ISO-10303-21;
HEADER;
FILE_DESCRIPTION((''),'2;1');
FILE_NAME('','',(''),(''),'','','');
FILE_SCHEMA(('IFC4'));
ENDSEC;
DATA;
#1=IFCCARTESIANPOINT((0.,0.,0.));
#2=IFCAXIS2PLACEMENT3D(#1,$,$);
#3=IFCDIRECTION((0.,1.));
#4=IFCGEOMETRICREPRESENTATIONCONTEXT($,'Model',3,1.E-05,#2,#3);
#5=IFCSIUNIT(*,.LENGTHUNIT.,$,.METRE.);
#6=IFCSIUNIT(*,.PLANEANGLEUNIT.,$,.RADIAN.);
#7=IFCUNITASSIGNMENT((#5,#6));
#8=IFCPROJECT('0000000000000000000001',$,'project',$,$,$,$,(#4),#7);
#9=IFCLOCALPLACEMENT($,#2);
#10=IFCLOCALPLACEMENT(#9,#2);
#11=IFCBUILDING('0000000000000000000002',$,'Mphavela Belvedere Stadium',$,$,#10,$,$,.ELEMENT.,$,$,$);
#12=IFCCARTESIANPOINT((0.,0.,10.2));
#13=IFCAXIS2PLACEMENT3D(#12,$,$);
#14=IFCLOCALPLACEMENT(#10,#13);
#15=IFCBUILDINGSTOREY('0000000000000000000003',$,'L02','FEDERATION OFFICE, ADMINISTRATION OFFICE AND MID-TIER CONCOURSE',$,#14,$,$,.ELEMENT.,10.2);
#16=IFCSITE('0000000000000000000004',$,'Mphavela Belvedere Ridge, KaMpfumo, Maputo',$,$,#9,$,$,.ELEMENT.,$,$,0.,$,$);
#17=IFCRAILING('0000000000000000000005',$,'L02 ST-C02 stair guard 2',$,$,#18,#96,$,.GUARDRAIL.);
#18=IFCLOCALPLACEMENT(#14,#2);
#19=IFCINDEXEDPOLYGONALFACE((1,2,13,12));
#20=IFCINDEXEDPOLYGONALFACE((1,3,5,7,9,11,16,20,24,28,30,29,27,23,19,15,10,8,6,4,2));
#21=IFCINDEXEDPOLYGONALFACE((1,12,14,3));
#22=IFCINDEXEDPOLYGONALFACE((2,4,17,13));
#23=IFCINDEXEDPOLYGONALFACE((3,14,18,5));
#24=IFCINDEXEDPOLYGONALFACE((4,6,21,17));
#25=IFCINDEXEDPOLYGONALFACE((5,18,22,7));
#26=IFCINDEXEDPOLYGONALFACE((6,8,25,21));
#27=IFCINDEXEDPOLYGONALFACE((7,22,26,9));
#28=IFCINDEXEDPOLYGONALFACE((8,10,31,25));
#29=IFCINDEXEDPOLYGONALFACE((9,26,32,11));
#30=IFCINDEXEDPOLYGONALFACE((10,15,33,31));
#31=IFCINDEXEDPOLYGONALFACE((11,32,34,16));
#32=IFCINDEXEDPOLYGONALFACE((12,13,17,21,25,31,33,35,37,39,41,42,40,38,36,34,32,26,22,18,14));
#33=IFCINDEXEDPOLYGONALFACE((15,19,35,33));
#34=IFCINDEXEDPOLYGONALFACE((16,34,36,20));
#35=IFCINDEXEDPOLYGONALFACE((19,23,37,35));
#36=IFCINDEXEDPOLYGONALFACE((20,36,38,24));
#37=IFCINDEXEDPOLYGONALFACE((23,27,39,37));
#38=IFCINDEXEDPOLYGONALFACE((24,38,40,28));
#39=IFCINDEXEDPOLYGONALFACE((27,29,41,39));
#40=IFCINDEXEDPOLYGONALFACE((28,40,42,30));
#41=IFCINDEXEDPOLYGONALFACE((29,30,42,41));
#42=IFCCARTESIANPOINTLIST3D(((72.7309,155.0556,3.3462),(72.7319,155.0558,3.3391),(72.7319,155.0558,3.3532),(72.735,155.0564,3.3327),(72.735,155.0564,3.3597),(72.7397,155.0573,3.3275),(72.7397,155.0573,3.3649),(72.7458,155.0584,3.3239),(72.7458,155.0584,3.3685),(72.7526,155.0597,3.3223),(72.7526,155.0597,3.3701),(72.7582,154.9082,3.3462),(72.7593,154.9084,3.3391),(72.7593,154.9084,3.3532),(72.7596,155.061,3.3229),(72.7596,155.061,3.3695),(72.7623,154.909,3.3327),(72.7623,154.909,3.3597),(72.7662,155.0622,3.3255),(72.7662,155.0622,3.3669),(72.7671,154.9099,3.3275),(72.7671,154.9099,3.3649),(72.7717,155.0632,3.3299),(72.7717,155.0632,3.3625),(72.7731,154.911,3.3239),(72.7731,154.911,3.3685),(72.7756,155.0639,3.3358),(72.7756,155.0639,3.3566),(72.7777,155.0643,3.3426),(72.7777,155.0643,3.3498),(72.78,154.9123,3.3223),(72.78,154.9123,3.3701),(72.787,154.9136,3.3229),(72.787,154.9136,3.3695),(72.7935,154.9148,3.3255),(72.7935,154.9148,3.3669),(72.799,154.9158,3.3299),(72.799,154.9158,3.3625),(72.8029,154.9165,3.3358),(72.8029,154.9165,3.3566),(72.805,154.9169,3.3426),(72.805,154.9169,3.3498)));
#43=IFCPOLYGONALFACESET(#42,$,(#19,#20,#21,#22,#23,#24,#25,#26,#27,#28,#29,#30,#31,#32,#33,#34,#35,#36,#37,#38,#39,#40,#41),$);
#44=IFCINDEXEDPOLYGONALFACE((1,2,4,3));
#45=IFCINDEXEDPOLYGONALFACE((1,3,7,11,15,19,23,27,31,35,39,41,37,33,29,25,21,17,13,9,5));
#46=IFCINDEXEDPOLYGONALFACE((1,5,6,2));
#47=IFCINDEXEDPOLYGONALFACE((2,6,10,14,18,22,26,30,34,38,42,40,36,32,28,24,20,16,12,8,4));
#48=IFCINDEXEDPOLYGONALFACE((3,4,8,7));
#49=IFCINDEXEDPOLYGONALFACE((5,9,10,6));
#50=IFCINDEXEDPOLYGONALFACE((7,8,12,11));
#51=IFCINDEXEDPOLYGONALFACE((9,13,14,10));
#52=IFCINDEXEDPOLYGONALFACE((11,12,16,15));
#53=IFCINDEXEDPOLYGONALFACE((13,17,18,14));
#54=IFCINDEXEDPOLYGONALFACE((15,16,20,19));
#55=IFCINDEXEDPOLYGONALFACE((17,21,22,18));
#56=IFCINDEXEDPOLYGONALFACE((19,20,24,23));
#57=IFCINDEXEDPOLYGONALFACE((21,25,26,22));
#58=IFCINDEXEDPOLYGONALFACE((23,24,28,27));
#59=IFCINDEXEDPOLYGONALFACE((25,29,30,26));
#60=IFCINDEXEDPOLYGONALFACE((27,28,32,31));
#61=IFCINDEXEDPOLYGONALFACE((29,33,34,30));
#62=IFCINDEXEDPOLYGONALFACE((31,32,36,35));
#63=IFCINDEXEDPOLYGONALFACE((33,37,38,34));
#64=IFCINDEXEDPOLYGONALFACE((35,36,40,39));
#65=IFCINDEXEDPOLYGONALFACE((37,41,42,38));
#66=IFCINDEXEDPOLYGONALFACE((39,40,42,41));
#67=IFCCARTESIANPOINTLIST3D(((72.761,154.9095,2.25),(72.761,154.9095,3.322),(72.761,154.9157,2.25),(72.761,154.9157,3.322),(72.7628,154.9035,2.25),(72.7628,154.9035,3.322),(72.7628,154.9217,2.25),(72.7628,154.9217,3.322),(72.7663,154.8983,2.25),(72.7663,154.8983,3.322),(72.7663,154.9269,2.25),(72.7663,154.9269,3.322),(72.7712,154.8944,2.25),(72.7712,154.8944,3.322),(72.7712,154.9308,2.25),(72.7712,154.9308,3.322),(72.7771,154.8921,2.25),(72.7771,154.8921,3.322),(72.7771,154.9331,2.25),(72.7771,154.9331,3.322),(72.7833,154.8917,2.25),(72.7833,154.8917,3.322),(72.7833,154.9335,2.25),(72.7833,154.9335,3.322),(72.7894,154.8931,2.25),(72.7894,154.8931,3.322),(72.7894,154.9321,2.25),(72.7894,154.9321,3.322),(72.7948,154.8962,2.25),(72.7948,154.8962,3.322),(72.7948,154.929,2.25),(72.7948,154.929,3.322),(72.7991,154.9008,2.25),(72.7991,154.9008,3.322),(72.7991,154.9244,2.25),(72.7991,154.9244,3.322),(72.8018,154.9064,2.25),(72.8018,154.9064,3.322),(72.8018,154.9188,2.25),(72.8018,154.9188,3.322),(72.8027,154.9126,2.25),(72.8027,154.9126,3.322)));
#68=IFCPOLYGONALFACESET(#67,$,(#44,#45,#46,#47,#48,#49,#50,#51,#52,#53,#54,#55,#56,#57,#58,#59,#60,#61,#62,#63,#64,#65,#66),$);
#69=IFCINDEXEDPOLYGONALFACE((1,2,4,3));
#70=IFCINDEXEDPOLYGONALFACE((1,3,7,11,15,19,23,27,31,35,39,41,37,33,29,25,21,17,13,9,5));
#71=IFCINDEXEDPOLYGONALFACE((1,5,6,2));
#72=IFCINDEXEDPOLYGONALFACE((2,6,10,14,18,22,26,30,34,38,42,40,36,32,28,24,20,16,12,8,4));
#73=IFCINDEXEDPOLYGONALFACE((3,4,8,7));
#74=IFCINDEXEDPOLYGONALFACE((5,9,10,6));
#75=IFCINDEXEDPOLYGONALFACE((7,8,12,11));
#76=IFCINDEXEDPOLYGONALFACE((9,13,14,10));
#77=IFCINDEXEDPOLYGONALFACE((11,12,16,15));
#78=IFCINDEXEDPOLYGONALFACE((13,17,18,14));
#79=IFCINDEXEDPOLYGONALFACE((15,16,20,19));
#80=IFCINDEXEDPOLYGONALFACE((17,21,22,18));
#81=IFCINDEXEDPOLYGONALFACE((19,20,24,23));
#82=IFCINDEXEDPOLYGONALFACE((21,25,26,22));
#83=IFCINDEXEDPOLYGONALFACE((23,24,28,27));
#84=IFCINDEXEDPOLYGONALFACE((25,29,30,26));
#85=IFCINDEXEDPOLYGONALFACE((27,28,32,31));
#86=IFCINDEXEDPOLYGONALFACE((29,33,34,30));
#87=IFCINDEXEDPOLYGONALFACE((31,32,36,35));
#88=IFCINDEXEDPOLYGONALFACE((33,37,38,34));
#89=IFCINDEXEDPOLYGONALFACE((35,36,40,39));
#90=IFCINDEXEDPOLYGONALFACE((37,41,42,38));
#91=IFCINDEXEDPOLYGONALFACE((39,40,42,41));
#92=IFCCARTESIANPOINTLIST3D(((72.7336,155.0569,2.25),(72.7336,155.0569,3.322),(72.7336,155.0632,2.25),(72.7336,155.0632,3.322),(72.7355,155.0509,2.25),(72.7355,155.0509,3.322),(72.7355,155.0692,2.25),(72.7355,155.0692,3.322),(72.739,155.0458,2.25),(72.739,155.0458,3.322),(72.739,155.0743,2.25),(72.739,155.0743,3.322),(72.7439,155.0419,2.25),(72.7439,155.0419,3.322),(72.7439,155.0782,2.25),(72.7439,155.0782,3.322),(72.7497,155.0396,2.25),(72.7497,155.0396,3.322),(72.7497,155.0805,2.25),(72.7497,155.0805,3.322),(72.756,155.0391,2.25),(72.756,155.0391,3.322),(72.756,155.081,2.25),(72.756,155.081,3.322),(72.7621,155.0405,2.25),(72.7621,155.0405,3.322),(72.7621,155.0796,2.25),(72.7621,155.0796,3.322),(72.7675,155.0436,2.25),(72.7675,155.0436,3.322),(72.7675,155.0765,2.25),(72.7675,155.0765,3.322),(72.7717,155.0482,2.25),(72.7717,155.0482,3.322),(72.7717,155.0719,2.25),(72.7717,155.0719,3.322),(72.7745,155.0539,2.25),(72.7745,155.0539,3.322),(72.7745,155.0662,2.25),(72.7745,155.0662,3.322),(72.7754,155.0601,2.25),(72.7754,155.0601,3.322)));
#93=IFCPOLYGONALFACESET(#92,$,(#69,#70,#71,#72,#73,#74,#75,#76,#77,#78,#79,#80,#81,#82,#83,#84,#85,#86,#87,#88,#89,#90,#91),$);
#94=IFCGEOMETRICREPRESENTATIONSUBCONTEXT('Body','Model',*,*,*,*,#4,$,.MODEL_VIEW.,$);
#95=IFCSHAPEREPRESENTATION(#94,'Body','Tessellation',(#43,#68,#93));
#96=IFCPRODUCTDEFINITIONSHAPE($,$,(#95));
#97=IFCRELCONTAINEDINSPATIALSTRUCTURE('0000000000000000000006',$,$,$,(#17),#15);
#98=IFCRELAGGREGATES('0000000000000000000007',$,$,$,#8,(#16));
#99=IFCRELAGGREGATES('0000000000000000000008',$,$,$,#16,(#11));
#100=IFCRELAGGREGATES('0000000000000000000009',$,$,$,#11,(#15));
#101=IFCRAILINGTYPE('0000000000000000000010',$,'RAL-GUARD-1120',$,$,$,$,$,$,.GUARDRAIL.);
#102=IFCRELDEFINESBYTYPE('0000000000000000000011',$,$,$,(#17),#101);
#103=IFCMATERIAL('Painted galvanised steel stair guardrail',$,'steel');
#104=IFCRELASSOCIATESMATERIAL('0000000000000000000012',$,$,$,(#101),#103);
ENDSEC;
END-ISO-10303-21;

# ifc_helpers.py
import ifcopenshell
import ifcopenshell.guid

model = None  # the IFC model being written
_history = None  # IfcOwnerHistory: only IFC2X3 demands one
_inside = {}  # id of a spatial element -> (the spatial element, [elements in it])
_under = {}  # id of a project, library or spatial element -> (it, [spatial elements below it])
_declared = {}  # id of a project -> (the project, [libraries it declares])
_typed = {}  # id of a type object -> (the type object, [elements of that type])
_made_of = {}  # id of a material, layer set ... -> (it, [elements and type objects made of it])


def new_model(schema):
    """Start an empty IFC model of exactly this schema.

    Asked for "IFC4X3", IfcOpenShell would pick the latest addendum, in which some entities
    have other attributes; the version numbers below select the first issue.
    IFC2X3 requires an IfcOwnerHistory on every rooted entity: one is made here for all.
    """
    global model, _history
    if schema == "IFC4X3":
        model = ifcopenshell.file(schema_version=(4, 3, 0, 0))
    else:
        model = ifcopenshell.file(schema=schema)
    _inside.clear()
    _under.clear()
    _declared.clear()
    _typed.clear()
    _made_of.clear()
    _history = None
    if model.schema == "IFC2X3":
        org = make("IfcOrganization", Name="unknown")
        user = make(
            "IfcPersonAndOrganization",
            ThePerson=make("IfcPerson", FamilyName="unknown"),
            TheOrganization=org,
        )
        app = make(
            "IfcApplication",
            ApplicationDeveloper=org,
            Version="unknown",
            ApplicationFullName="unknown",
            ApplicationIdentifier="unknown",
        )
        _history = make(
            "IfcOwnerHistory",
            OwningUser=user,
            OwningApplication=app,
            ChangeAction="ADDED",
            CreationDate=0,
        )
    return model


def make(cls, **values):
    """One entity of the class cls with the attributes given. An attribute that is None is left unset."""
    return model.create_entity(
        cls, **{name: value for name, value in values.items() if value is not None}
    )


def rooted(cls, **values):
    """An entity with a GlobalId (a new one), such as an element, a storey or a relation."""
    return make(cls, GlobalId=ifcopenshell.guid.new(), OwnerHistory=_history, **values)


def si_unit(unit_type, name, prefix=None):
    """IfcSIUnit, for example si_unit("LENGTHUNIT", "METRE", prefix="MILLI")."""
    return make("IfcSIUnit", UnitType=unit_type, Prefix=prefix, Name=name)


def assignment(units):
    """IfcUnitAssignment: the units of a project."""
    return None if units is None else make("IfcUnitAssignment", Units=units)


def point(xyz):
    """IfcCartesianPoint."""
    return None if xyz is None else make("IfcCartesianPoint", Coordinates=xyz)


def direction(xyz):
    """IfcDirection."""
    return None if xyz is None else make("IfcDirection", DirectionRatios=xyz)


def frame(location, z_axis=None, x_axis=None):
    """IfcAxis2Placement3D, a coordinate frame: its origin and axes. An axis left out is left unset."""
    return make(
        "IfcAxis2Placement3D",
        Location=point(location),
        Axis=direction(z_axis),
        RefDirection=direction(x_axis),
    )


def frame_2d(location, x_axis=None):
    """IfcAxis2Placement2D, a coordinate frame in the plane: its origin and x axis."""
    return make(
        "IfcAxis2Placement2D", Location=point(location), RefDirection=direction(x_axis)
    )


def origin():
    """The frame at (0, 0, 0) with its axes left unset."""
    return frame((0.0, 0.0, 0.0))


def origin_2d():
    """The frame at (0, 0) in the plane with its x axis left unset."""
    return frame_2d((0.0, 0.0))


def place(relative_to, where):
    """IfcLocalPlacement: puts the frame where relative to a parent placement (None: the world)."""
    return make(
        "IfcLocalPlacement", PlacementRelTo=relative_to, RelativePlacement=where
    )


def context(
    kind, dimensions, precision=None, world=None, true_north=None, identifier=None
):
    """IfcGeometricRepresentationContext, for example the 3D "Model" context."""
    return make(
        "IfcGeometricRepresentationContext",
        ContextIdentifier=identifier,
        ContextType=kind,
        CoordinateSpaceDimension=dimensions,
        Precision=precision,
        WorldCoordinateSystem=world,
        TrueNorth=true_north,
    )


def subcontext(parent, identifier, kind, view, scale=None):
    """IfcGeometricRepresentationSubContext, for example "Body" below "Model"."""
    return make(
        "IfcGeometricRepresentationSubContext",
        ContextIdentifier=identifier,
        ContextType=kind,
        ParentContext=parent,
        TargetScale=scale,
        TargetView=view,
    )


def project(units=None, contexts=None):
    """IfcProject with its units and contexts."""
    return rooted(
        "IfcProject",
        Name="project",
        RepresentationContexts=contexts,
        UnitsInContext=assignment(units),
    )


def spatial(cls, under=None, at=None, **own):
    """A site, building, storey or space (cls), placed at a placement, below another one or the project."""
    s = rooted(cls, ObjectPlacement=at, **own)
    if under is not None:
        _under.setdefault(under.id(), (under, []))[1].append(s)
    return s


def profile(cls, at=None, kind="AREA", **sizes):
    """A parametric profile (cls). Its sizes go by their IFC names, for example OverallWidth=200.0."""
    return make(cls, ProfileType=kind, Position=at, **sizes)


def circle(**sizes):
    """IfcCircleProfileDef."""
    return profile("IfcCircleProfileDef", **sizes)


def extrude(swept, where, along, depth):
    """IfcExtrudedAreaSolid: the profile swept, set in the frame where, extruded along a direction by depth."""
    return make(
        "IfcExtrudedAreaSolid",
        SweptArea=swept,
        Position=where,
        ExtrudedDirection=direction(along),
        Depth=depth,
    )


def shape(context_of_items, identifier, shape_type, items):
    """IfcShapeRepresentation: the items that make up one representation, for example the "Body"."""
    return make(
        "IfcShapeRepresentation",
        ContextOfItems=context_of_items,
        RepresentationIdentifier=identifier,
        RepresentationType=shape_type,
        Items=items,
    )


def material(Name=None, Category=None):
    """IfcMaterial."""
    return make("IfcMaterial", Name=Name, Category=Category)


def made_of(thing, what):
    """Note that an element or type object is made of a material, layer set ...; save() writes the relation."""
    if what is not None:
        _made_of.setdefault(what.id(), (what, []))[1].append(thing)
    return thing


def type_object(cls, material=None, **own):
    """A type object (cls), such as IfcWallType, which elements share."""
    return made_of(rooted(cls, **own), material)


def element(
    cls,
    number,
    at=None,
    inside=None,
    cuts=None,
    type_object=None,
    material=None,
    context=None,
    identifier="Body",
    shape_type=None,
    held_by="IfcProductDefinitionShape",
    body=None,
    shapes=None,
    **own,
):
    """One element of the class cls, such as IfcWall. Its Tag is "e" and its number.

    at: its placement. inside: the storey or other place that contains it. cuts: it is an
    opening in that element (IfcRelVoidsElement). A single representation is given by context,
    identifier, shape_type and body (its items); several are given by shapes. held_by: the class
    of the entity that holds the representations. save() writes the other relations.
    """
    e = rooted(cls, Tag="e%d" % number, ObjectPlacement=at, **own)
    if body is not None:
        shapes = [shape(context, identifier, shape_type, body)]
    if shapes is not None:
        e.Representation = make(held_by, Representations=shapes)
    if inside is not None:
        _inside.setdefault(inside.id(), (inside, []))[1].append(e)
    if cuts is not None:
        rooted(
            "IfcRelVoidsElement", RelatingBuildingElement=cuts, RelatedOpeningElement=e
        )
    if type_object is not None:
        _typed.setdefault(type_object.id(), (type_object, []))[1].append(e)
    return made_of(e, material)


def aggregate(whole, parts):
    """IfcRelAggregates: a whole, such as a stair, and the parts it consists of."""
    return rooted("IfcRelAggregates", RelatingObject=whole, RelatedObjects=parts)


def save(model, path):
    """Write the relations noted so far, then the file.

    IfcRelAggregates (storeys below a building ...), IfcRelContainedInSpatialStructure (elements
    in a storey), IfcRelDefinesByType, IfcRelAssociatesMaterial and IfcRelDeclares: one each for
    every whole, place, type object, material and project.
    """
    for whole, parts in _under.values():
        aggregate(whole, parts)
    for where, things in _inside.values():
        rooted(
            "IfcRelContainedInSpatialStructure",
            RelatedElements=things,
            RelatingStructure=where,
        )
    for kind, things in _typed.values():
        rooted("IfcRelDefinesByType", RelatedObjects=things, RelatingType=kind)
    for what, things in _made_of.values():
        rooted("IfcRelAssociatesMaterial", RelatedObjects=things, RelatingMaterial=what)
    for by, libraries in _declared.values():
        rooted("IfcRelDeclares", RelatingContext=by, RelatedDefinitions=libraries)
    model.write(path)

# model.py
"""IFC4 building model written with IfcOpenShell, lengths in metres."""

from ifc_helpers import new_model, si_unit, direction, frame, origin, origin_2d, place, context, subcontext, project, spatial, circle, extrude, material, type_object, element, save


model = new_model("IFC4")

# Units and contexts
model_context = context("Model", 3, precision=1e-05, world=origin(), true_north=direction((0.0, 1.0)))
body_context = subcontext(model_context, "Body", "Model", "MODEL_VIEW")
ifc_project = project(units=[si_unit("LENGTHUNIT", "METRE"), si_unit("PLANEANGLEUNIT", "RADIAN")], contexts=[model_context])

# Site, building, storey
site_placement = place(None, origin())
site = spatial("IfcSite", under=ifc_project, at=site_placement, Name="Mphavela Belvedere Ridge, KaMpfumo, Maputo", CompositionType="ELEMENT", RefElevation=0.0)
building_placement = place(site_placement, origin())
building = spatial("IfcBuilding", under=site, at=building_placement, Name="Mphavela Belvedere Stadium", CompositionType="ELEMENT")
storey_placement = place(building_placement, frame((0.0, 0.0, 10.2)))
storey = spatial("IfcBuildingStorey", under=building, at=storey_placement, Name="L02", Description="FEDERATION OFFICE, ADMINISTRATION OFFICE AND MID-TIER CONCOURSE", CompositionType="ELEMENT", Elevation=10.2)

# Railing
ifc_material_1 = material(Name="Painted galvanised steel stair guardrail", Category="steel")
railing_type_1 = type_object("IfcRailingType", Name="RAL-GUARD-1120", PredefinedType="GUARDRAIL", material=ifc_material_1)
railing_1_placement = place(storey_placement, frame((72.7817, 154.9126, 2.25)))
element("IfcRailing", 1, at=railing_1_placement, inside=storey, type_object=railing_type_1, Name="L02 ST-C02 stair guard 2", PredefinedType="GUARDRAIL", context=body_context, shape_type="SweptSolid", body=[
    extrude(circle(Radius=0.0239, at=origin_2d()), frame((0.0, 0.0, 1.0962), z_axis=(-0.182322, 0.983239, 0.0), x_axis=(-0.983239, -0.182322, 0.0)), (0.0, 0.0, 1.0), 0.1499),
    extrude(circle(Radius=0.021, at=origin_2d()), origin(), (0.0, 0.0, 1.0), 1.072),
    extrude(circle(Radius=0.021, at=origin_2d()), frame((-0.0273, 0.1475, 0.0)), (0.0, 0.0, 1.0), 1.072),
])

save(model, "model.ifc")
